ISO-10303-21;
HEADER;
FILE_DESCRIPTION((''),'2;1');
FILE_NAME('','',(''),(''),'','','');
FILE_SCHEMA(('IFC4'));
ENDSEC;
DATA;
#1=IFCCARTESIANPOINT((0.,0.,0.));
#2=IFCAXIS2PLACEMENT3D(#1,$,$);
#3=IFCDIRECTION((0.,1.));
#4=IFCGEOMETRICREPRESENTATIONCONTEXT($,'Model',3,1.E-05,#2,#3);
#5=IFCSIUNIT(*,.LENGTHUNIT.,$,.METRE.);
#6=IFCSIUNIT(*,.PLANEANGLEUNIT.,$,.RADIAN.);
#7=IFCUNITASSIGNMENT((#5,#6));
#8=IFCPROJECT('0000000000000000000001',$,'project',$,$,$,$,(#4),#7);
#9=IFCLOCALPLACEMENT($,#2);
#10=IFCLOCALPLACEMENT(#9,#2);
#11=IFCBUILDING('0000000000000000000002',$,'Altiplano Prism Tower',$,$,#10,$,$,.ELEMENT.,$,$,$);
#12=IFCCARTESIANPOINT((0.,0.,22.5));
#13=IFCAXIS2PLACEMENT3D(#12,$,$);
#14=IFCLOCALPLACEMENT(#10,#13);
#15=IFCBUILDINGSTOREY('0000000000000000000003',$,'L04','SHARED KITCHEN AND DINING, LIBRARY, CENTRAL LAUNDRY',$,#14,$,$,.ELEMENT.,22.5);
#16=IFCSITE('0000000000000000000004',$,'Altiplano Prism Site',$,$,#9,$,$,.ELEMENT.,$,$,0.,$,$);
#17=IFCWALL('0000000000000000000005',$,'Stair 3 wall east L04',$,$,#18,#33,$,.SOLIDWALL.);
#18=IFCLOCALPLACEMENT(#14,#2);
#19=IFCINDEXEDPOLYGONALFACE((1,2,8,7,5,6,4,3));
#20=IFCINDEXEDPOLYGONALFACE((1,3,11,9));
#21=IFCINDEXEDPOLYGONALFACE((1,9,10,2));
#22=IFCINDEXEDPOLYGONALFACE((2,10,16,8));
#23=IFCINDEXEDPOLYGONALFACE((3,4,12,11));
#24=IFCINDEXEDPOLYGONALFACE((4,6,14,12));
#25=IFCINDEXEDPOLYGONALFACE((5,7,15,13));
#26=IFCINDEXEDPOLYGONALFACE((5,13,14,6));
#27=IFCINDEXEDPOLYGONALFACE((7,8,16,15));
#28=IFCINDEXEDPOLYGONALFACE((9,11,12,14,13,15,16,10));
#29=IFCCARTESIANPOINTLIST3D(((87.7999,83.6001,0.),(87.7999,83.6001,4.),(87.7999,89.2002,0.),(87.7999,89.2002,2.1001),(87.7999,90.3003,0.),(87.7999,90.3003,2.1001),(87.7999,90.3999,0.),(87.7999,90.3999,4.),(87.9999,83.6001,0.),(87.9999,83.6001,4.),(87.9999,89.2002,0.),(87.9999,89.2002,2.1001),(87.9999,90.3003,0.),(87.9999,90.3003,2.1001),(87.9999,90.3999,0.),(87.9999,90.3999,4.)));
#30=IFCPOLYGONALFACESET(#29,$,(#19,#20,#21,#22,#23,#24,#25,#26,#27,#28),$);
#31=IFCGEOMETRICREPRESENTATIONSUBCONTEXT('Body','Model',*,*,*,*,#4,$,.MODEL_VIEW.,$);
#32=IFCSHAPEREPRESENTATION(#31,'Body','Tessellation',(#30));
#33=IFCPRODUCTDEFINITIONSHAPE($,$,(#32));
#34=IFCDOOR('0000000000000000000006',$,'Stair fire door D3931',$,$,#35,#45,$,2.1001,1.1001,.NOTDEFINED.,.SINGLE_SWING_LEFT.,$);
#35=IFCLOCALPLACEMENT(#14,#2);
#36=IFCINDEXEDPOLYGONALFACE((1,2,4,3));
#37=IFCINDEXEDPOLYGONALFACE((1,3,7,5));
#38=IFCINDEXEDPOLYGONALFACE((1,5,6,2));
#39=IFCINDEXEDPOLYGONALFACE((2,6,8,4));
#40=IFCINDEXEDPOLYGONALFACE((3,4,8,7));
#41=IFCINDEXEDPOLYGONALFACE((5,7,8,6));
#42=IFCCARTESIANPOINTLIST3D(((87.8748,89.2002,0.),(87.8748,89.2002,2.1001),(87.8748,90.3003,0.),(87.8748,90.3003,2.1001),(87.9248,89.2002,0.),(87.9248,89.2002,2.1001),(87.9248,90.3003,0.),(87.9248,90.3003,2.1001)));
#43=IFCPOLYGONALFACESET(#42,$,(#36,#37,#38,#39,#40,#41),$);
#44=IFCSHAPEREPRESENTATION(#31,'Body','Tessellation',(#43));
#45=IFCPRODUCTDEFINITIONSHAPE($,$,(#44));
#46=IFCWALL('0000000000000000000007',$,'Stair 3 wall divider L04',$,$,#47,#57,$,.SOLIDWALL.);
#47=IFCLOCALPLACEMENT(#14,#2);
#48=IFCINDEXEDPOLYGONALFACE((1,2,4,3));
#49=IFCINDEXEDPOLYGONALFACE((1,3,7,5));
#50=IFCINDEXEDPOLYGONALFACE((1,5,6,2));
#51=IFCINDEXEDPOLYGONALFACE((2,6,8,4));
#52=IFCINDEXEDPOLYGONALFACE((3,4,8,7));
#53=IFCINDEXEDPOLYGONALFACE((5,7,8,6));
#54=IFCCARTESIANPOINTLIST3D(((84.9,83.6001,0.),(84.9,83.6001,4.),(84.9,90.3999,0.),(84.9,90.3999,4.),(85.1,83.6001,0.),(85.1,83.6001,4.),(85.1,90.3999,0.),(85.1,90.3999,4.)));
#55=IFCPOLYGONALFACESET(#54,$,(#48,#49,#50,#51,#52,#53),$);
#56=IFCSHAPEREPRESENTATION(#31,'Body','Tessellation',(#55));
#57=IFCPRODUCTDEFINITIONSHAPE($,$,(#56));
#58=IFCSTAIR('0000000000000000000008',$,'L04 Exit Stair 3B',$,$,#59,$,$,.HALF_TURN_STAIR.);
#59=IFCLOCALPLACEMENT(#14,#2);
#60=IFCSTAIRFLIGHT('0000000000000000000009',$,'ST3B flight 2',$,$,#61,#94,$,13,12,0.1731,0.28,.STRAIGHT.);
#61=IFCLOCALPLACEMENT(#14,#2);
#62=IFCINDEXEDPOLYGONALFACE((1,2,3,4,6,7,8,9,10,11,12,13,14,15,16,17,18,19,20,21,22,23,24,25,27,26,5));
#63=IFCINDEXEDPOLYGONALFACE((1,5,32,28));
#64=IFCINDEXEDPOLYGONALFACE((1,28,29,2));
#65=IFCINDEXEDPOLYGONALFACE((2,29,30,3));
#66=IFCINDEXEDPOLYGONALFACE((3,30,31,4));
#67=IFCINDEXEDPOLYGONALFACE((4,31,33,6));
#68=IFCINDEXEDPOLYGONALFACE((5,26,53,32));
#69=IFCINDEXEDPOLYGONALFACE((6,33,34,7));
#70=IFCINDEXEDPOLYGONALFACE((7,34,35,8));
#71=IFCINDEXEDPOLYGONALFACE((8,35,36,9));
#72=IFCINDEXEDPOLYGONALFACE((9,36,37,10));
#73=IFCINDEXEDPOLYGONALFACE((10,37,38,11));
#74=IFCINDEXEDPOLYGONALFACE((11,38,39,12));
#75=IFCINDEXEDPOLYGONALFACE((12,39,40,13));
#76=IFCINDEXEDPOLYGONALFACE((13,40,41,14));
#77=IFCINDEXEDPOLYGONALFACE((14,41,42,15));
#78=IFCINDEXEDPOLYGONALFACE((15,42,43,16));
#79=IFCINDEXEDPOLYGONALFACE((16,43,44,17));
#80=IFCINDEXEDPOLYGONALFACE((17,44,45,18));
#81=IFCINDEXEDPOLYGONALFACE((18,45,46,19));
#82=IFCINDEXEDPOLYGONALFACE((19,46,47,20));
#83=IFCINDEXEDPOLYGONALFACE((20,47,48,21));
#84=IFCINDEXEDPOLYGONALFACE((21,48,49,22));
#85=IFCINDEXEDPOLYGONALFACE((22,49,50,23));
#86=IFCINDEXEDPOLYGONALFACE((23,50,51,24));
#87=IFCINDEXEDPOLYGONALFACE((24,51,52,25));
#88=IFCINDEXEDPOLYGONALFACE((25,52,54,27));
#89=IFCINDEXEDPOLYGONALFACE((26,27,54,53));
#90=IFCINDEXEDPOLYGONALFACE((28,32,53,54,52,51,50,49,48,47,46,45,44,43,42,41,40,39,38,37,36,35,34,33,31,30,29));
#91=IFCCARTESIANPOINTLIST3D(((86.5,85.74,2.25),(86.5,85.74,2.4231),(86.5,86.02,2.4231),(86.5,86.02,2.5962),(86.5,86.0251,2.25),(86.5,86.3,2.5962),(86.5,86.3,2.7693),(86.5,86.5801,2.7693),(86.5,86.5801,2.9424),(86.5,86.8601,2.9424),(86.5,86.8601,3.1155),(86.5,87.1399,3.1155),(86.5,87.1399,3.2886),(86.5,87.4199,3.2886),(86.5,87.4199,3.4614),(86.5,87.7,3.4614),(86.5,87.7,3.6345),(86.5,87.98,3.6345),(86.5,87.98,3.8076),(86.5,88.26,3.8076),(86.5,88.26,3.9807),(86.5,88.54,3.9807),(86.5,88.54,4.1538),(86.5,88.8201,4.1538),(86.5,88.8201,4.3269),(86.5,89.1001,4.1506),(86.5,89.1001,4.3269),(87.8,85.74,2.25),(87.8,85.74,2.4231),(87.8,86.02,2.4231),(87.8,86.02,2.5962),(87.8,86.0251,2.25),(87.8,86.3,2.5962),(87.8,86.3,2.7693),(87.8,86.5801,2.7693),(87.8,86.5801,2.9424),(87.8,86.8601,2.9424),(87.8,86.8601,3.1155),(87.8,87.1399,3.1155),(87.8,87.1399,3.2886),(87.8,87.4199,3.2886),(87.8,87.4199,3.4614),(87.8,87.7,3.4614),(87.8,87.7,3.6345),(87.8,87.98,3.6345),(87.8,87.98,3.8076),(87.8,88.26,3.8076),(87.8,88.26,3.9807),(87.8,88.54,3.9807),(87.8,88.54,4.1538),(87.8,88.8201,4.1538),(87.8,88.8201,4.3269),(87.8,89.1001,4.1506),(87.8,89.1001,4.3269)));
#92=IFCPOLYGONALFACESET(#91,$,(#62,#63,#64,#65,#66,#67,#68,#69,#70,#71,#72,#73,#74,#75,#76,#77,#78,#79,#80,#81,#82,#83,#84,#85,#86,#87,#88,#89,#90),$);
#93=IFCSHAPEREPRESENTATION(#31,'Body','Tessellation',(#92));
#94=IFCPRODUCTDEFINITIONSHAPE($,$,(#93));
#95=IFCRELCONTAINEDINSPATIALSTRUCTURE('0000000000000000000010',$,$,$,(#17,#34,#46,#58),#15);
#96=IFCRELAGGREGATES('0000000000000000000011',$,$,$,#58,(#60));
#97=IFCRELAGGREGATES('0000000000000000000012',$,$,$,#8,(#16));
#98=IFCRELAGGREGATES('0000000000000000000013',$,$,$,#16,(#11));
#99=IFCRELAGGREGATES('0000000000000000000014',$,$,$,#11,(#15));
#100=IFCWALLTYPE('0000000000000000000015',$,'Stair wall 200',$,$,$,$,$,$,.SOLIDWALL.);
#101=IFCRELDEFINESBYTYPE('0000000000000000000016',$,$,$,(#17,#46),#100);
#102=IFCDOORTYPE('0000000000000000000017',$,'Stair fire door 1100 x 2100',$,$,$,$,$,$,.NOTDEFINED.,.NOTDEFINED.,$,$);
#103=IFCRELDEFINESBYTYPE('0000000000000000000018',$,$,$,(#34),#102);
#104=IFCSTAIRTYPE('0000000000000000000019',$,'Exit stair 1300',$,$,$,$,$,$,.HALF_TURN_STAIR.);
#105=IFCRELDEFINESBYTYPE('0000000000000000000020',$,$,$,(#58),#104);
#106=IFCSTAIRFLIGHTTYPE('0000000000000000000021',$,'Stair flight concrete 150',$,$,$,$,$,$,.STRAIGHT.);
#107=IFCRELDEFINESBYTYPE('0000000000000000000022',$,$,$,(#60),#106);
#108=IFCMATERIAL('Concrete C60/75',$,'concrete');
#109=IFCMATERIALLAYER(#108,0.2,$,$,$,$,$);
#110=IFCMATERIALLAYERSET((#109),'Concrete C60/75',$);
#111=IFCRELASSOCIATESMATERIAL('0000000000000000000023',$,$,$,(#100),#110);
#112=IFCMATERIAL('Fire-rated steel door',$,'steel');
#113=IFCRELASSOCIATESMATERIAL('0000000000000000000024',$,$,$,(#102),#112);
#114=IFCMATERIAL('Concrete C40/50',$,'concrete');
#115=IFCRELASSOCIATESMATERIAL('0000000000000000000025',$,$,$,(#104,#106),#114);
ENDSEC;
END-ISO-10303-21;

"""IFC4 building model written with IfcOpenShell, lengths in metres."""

from ifc_helpers import new_model, si_unit, direction, frame, frame_2d, origin, place, context, subcontext, project, spatial, polyline, rectangle, outline, extrude, material, layer, layer_set, type_object, element, fill, aggregate, save


model = new_model("IFC4")

# Units and contexts
model_context = context("Model", 3, precision=1e-05, world=origin(), true_north=direction((0.0, 1.0)))
body_context = subcontext(model_context, "Body", "Model", "MODEL_VIEW")
ifc_project = project(units=[si_unit("LENGTHUNIT", "METRE"), si_unit("PLANEANGLEUNIT", "RADIAN")], contexts=[model_context])

# Site, building, storey
site_placement = place(None, origin())
site = spatial("IfcSite", under=ifc_project, at=site_placement, Name="Altiplano Prism Site", CompositionType="ELEMENT", RefElevation=0.0)
building_placement = place(site_placement, origin())
building = spatial("IfcBuilding", under=site, at=building_placement, Name="Altiplano Prism Tower", CompositionType="ELEMENT")
storey_placement = place(building_placement, frame((0.0, 0.0, 22.5)))
storey = spatial("IfcBuildingStorey", under=building, at=storey_placement, Name="L04", Description="SHARED KITCHEN AND DINING, LIBRARY, CENTRAL LAUNDRY", CompositionType="ELEMENT", Elevation=22.5)

# Shared definitions
ifc_material_1 = material(Name="Concrete C60/75", Category="concrete")

# Wall, opening, door
ifc_layer_1 = layer(ifc_material_1, 0.2)
ifc_layer_set_1 = layer_set([ifc_layer_1], Name="Concrete C60/75")
wall_type_1 = type_object("IfcWallType", Name="Stair wall 200", PredefinedType="SOLIDWALL", material=ifc_layer_set_1)
wall_1_placement = place(storey_placement, frame((87.8999, 83.6001, 0.0), z_axis=(0.0, 0.0, 1.0), x_axis=(0.0, 1.0, 0.0)))
wall_1 = element("IfcWall", 1, at=wall_1_placement, inside=storey, type_object=wall_type_1, Name="Stair 3 wall east L04", PredefinedType="SOLIDWALL", context=body_context, shape_type="SweptSolid", body=[
    extrude(rectangle(XDim=6.7998, YDim=0.2, at=frame_2d((3.3999, 0.0))), origin(), (0.0, 0.0, 1.0), 4.0),
])
opening_placement = place(wall_1_placement, frame((5.6001, 0.0, 0.0)))
opening = element("IfcOpeningElement", 2, at=opening_placement, cuts=wall_1, PredefinedType="OPENING", context=body_context, shape_type="SweptSolid", body=[
    extrude(rectangle(XDim=1.1001, YDim=2.1001, at=frame_2d((0.55, 1.05))), frame((0.0, 0.1104, 0.0), z_axis=(0.0, -1.0, 0.0), x_axis=(1.0, 0.0, 0.0)), (0.0, 0.0, 1.0), 0.2209),
])
ifc_material_2 = material(Name="Fire-rated steel door", Category="steel")
door_type = type_object("IfcDoorType", Name="Stair fire door 1100 x 2100", OperationType="NOTDEFINED", PredefinedType="NOTDEFINED", material=ifc_material_2)
door_placement = place(opening_placement, frame((1.1001, 0.0, 0.0), z_axis=(0.0, 0.0, 1.0), x_axis=(-1.0, 0.0, 0.0)))
door = element("IfcDoor", 3, at=door_placement, inside=storey, type_object=door_type, Name="Stair fire door D3931", OperationType="SINGLE_SWING_LEFT", OverallHeight=2.1001, OverallWidth=1.1001, PredefinedType="NOTDEFINED", context=body_context, shape_type="SweptSolid", body=[
    extrude(rectangle(XDim=1.1001, YDim=2.1001, at=frame_2d((0.55, 1.05))), frame((0.0, 0.0249, 0.0), z_axis=(0.0, -1.0, 0.0), x_axis=(1.0, 0.0, 0.0)), (0.0, 0.0, 1.0), 0.05),
])
fill(opening, door)

# Wall
wall_2_placement = place(storey_placement, frame((85.0, 83.6001, 0.0), z_axis=(0.0, 0.0, 1.0), x_axis=(0.0, 1.0, 0.0)))
element("IfcWall", 4, at=wall_2_placement, inside=storey, type_object=wall_type_1, Name="Stair 3 wall divider L04", PredefinedType="SOLIDWALL", context=body_context, shape_type="SweptSolid", body=[
    extrude(rectangle(XDim=6.7998, YDim=0.2, at=frame_2d((3.3999, 0.0))), origin(), (0.0, 0.0, 1.0), 4.0),
])

# Stair, stair flight
ifc_material_3 = material(Name="Concrete C40/50", Category="concrete")
stair_type = type_object("IfcStairType", Name="Exit stair 1300", PredefinedType="HALF_TURN_STAIR", material=ifc_material_3)
stair_placement = place(storey_placement, origin())
stair = element("IfcStair", 5, at=stair_placement, inside=storey, type_object=stair_type, Name="L04 Exit Stair 3B", PredefinedType="HALF_TURN_STAIR")
stair_flight_type = type_object("IfcStairFlightType", Name="Stair flight concrete 150", PredefinedType="STRAIGHT", material=ifc_material_3)
stair_flight_placement = place(storey_placement, frame((87.1499, 85.74, 2.25), z_axis=(0.0, 0.0, 1.0), x_axis=(0.0, 1.0, 0.0)))
stair_flight = element("IfcStairFlight", 6, at=stair_flight_placement, type_object=stair_flight_type, Name="ST3B flight 2", NumberOfRisers=13, NumberOfTreads=12, PredefinedType="STRAIGHT", RiserHeight=0.1731, TreadLength=0.28, context=body_context, shape_type="SweptSolid", body=[
    extrude(outline(polyline([(0.0, 0.0), (0.0, 0.1731), (0.28, 0.1731), (0.28, 0.3462), (0.5601, 0.3462), (0.5601, 0.5193), (0.8401, 0.5193), (0.8401, 0.6924), (1.1201, 0.6924), (1.1201, 0.8655), (1.3999, 0.8655), (1.3999, 1.0386), (1.6799, 1.0386), (1.6799, 1.2114), (1.96, 1.2114), (1.96, 1.3845), (2.24, 1.3845), (2.24, 1.5576), (2.52, 1.5576), (2.52, 1.7307), (2.8, 1.7307), (2.8, 1.9038), (3.0801, 1.9038), (3.0801, 2.0769), (3.3601, 2.0769), (3.3601, 2.25), (3.3601, 1.9006), (0.2852, 0.0), (0.0, 0.0)])), frame((0.0, 0.6499, 0.0), z_axis=(0.0, -1.0, 0.0), x_axis=(1.0, 0.0, 0.0)), (0.0, 0.0, 1.0), 1.3),
])
aggregate(stair, [stair_flight])

save(model, "model.ifc")
